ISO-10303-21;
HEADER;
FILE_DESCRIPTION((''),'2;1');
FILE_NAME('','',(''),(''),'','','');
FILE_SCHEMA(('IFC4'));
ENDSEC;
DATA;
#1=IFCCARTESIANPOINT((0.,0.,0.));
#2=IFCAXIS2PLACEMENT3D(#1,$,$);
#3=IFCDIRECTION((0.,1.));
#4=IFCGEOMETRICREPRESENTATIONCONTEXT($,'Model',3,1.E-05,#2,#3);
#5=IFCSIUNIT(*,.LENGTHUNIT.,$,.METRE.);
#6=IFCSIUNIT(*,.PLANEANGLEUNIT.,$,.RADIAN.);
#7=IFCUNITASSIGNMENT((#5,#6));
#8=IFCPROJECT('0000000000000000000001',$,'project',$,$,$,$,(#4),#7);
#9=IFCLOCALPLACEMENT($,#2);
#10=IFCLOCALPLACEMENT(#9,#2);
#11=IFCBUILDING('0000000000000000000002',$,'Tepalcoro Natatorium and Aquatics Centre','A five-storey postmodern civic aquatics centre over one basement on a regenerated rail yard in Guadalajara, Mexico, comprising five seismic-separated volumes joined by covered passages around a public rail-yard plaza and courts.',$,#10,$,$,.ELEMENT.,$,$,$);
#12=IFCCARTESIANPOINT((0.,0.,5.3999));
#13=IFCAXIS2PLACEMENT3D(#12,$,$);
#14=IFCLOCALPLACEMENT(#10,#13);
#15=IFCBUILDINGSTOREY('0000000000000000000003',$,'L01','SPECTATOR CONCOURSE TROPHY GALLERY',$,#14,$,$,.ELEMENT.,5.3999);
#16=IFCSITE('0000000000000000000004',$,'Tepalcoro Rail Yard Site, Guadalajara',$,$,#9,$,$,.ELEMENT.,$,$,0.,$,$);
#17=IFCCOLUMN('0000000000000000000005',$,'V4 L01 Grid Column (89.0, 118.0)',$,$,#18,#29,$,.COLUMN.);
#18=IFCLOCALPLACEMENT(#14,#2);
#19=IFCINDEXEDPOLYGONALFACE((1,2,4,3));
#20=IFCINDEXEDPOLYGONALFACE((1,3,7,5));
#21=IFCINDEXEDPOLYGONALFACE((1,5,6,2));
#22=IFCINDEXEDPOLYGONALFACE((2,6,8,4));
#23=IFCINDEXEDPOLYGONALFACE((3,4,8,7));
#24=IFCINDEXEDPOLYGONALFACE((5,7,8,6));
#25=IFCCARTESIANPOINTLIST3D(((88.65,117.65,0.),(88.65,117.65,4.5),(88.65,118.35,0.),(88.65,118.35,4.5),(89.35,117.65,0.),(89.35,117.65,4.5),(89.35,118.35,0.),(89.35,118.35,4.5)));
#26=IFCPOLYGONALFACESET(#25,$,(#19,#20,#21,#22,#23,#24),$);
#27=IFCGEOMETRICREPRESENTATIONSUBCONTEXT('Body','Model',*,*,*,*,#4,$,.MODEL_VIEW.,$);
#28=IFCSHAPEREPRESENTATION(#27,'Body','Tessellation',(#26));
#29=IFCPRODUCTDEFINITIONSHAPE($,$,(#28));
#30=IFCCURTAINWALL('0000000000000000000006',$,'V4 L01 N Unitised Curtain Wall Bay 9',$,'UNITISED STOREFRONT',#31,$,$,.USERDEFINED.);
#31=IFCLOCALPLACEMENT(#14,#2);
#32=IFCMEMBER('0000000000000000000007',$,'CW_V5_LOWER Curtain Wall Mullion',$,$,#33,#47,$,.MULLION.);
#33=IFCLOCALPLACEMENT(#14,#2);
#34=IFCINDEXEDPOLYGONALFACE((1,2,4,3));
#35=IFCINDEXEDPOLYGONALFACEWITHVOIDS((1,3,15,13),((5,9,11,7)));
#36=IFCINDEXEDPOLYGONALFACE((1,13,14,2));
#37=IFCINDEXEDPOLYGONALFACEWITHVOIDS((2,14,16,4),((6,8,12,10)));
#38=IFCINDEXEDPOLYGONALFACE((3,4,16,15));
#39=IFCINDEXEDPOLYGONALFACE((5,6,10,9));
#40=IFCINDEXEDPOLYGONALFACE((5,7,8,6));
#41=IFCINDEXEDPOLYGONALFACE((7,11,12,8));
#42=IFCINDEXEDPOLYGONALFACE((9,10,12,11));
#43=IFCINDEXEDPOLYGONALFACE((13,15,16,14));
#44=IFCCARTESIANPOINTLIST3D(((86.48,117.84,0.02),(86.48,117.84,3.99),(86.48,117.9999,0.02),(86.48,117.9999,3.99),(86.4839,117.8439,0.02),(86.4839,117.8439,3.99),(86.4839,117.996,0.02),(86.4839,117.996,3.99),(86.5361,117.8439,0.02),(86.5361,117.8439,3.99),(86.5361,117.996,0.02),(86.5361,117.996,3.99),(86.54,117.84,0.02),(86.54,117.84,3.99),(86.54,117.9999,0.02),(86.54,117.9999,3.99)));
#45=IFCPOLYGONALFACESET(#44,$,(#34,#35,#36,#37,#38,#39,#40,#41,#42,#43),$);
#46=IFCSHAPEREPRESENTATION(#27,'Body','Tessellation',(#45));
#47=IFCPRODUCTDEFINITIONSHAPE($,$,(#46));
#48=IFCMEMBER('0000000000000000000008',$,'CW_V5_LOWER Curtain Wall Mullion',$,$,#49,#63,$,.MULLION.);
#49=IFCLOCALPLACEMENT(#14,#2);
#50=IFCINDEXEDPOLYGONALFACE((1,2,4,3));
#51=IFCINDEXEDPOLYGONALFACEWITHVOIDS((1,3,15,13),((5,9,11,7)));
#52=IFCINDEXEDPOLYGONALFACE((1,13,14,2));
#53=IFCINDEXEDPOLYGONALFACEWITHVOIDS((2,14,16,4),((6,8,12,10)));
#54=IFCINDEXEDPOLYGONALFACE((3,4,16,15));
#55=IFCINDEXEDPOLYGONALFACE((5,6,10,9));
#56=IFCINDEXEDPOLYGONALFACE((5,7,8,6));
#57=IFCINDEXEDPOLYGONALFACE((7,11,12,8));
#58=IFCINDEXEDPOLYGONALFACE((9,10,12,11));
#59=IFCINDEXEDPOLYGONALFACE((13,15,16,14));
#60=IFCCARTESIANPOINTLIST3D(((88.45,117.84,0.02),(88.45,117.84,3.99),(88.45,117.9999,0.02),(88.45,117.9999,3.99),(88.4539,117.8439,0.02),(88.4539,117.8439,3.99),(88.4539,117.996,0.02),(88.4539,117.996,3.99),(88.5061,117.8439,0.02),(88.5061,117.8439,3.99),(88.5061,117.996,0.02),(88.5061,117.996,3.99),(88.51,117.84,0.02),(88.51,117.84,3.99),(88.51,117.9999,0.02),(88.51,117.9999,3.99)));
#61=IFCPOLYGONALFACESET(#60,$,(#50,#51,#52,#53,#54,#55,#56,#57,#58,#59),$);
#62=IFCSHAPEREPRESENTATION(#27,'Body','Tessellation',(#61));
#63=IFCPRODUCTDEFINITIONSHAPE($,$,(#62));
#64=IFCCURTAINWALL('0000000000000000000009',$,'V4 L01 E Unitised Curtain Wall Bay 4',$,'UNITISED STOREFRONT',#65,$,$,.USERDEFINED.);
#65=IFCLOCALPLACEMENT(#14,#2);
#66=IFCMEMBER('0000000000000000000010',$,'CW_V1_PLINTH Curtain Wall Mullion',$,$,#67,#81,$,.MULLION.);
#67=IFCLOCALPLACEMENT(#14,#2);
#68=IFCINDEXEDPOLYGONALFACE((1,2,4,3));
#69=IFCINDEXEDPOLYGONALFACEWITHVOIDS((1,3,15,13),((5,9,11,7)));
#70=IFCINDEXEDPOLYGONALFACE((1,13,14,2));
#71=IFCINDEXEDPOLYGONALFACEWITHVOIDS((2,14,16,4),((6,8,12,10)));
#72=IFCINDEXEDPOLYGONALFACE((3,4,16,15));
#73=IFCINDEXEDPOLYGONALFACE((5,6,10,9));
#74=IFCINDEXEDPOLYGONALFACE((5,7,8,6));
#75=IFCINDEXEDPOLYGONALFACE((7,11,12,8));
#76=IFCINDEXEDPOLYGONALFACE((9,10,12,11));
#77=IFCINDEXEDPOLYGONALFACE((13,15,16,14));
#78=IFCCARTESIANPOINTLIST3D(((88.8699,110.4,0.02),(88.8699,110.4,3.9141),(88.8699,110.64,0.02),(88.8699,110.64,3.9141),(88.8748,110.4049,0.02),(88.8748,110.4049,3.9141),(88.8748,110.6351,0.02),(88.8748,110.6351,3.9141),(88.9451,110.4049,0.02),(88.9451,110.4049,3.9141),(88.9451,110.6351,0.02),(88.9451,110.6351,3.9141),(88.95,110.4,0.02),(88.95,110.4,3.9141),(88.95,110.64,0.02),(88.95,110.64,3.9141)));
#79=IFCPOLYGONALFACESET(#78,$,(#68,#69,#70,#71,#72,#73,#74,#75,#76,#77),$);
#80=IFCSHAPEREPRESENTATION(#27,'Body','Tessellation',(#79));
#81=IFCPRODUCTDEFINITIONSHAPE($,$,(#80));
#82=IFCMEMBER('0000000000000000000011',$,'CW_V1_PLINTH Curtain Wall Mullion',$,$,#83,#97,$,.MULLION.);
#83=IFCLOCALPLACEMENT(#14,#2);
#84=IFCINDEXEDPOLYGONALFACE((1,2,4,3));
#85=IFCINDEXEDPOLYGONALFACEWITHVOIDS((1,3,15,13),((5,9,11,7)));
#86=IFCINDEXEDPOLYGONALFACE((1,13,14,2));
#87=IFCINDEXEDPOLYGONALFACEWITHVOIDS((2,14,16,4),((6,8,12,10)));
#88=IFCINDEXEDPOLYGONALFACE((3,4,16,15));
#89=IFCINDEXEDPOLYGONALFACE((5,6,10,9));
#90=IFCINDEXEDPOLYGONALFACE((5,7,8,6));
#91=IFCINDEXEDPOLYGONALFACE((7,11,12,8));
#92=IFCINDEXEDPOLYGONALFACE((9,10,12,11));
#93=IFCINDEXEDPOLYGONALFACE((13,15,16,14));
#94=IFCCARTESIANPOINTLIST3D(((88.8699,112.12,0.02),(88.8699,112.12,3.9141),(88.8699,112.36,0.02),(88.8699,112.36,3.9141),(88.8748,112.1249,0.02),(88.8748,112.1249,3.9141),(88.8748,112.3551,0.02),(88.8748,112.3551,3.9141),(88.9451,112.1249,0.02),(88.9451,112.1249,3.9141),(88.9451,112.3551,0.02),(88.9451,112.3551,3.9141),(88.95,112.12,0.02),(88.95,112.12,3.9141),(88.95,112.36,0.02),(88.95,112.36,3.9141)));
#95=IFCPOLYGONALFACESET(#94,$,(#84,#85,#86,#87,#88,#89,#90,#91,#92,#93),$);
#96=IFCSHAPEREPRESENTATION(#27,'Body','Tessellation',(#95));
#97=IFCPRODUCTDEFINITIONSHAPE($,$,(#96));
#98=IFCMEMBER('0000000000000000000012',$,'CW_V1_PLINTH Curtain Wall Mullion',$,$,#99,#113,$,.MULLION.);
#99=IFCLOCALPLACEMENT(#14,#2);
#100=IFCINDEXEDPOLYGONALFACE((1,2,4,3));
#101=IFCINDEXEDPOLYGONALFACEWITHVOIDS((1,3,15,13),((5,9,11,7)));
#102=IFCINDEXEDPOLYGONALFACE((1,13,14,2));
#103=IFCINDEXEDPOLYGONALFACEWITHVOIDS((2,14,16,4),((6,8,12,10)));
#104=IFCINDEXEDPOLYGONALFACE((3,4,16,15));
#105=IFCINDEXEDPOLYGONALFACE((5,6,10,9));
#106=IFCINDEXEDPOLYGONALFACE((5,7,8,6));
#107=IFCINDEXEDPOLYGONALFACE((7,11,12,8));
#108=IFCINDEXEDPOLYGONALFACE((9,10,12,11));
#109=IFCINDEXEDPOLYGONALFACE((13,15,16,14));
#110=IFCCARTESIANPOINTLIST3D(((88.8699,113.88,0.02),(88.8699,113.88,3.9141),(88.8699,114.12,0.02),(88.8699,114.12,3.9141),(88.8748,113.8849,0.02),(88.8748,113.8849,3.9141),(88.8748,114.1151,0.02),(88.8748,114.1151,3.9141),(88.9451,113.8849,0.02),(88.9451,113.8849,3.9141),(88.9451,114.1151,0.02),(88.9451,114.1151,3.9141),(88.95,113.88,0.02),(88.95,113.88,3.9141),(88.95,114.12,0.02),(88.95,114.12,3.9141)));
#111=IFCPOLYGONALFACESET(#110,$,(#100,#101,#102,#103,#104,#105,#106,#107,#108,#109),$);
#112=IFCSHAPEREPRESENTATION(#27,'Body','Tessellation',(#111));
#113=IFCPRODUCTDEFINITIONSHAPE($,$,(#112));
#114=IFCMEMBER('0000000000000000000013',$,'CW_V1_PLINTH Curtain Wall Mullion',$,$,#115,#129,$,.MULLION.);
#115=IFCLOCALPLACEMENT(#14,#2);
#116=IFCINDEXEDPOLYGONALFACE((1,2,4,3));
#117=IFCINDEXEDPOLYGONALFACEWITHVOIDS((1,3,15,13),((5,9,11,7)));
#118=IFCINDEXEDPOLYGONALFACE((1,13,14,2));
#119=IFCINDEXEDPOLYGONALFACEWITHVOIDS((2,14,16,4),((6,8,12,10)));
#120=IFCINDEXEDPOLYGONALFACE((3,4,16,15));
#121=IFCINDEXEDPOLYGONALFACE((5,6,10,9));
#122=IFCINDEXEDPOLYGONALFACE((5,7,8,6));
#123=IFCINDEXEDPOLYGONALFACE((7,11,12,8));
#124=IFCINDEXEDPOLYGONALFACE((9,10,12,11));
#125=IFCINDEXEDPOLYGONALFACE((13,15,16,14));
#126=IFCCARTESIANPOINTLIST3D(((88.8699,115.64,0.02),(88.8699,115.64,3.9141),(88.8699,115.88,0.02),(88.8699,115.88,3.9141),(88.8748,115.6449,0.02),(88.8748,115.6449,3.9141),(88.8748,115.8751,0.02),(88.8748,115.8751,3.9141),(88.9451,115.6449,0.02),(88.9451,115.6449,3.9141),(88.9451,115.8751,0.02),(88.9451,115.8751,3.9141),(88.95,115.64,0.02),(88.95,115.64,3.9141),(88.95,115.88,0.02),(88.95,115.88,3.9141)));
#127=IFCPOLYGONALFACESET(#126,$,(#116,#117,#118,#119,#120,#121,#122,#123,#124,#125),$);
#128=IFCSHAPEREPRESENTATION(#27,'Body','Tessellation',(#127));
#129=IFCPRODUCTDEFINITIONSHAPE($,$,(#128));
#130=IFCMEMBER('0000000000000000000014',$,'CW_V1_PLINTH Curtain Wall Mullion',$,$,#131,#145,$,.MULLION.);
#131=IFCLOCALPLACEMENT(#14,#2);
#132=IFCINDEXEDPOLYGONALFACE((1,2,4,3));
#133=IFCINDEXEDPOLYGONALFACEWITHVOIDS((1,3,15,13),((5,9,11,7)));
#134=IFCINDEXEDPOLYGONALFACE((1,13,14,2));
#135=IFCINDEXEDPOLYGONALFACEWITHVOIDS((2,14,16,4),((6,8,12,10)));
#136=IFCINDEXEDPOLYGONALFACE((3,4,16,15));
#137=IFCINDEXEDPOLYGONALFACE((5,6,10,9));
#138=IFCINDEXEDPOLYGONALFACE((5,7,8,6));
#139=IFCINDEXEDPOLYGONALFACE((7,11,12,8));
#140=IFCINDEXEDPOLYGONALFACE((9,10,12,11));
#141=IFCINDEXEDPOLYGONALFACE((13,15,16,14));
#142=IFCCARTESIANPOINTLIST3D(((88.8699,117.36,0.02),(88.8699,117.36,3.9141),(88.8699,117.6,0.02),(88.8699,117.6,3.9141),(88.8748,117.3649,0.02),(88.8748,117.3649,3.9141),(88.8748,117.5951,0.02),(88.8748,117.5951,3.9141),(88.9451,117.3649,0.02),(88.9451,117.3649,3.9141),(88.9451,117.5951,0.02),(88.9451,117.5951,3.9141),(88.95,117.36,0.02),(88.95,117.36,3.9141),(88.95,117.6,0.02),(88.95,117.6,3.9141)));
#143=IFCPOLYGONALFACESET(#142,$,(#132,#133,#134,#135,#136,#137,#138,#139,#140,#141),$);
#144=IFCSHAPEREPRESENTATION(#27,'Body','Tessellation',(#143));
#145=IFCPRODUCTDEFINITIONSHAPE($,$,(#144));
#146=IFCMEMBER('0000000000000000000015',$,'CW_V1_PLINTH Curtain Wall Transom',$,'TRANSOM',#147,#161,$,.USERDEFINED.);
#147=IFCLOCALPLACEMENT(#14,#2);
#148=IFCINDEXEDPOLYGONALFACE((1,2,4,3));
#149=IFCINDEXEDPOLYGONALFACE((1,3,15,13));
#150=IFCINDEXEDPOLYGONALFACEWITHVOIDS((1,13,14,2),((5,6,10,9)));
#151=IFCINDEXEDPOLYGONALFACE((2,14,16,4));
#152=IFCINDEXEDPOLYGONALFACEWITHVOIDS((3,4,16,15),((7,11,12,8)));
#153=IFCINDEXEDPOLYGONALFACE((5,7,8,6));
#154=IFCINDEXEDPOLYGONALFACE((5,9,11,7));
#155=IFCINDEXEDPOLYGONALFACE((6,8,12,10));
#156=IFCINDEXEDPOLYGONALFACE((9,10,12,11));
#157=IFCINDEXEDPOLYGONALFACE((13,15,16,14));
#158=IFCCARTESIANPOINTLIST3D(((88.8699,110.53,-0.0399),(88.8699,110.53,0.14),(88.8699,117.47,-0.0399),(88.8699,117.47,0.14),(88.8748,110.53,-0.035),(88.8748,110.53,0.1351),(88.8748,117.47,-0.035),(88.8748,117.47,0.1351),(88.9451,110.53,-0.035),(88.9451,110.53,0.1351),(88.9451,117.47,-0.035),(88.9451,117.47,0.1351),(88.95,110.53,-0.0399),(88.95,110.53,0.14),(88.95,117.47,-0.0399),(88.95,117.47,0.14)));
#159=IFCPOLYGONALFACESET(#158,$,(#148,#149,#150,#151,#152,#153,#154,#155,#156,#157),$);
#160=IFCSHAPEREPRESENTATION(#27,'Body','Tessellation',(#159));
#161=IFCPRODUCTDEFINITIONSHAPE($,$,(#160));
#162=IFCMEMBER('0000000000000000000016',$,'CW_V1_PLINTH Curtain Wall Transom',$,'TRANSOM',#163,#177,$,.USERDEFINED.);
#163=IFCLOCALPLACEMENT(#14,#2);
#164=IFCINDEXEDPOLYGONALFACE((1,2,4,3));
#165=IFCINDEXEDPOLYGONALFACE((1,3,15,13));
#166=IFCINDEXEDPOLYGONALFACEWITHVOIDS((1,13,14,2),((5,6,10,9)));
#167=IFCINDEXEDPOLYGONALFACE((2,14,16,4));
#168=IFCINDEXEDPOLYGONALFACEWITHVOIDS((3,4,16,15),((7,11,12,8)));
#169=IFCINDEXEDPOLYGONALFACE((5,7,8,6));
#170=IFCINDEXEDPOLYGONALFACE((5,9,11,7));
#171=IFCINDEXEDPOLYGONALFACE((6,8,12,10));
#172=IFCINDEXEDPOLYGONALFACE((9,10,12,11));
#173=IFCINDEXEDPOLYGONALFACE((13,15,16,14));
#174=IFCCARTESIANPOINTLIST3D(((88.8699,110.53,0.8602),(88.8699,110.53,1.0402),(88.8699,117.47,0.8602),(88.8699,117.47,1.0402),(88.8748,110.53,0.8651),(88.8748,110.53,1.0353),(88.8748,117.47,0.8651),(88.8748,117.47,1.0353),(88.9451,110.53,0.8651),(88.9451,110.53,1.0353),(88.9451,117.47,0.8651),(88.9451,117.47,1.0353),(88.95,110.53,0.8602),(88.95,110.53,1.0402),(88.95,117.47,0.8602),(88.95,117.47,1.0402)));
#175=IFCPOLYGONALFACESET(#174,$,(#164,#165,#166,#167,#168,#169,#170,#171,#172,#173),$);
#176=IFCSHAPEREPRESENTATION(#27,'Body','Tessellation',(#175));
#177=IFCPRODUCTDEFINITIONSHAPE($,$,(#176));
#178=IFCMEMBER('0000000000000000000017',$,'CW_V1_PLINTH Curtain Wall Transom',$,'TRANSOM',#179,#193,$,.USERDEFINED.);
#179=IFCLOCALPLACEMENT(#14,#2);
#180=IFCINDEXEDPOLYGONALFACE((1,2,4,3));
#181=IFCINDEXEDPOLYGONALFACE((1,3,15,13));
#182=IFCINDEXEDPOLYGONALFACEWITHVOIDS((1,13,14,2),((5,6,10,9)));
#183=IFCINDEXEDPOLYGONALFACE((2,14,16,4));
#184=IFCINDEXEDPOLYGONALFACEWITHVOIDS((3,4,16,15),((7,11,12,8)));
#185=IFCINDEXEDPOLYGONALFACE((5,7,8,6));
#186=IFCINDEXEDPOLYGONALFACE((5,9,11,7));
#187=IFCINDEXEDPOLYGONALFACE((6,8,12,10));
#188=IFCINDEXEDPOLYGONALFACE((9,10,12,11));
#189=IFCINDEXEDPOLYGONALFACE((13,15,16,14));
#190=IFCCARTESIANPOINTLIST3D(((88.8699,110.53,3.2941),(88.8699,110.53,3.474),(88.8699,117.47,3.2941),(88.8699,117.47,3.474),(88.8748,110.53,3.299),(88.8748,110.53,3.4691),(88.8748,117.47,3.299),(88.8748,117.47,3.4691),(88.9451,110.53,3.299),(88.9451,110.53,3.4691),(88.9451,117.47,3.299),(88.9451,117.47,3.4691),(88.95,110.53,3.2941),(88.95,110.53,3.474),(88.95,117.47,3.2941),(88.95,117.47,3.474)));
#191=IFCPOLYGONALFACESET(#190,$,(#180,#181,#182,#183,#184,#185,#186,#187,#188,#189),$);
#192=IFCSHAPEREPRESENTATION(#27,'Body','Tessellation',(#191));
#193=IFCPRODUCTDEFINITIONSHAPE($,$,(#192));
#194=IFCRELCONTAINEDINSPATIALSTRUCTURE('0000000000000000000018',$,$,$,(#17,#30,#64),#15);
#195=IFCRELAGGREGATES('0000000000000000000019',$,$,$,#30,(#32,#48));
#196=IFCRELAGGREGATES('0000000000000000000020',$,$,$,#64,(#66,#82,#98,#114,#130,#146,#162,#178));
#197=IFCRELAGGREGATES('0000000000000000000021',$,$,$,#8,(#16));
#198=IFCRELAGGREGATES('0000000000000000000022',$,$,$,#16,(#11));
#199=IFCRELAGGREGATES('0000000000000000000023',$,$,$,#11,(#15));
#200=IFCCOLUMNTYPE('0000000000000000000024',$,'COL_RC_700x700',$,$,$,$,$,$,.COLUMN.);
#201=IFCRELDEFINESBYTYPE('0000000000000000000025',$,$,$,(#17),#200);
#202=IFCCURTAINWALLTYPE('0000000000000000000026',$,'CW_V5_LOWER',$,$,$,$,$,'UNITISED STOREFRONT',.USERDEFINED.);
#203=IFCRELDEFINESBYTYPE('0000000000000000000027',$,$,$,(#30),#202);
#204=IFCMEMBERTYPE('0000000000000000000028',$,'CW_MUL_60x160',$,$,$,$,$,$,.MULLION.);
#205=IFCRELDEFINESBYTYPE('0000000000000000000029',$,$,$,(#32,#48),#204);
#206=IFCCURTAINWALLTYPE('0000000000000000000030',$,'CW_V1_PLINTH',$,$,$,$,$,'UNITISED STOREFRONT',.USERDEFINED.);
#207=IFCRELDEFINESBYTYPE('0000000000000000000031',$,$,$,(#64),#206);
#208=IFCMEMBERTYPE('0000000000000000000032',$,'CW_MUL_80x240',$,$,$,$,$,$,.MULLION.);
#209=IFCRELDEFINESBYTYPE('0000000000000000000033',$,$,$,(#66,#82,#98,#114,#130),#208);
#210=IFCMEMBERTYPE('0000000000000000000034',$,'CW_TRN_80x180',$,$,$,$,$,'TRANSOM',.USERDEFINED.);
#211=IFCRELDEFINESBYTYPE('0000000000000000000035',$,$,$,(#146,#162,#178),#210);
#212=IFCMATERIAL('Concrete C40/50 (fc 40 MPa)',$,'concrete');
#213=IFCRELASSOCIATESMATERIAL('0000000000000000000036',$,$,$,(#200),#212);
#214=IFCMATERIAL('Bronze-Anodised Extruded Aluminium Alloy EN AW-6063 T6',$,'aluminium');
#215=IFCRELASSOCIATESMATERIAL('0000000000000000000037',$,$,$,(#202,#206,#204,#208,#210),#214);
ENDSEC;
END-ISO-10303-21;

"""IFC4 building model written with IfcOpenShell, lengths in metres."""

from ifc_helpers import new_model, si_unit, direction, frame, origin, origin_2d, place, context, subcontext, project, spatial, rectangle, hollow_rectangle, extrude, material, material_profile, profile_set, type_object, element, aggregate, save


model = new_model("IFC4")

# Units and contexts
model_context = context("Model", 3, precision=1e-05, world=origin(), true_north=direction((0.0, 1.0)))
body_context = subcontext(model_context, "Body", "Model", "MODEL_VIEW")
ifc_project = project(units=[si_unit("LENGTHUNIT", "METRE"), si_unit("PLANEANGLEUNIT", "RADIAN")], contexts=[model_context])

# Site, building, storey
site_placement = place(None, origin())
site = spatial("IfcSite", under=ifc_project, at=site_placement, Name="Tepalcoro Rail Yard Site, Guadalajara", CompositionType="ELEMENT", RefElevation=0.0)
building_placement = place(site_placement, origin())
building = spatial("IfcBuilding", under=site, at=building_placement, Name="Tepalcoro Natatorium and Aquatics Centre", Description="A five-storey postmodern civic aquatics centre over one basement on a regenerated rail yard in Guadalajara, Mexico, comprising five seismic-separated volumes joined by covered passages around a public rail-yard plaza and courts.", CompositionType="ELEMENT")
storey_placement = place(building_placement, frame((0.0, 0.0, 5.3999)))
storey = spatial("IfcBuildingStorey", under=building, at=storey_placement, Name="L01", Description="SPECTATOR CONCOURSE TROPHY GALLERY", CompositionType="ELEMENT", Elevation=5.3999)

# Column
ifc_material_1 = material(Name="Concrete C40/50 (fc 40 MPa)", Category="concrete")
ifc_material_profile_1 = material_profile(ifc_material_1, rectangle(XDim=0.7, YDim=0.7, at=origin_2d()), Name="RC700x700")
ifc_profile_set_1 = profile_set([ifc_material_profile_1], Name="Concrete C40/50 (fc 40 MPa)")
column_type = type_object("IfcColumnType", Name="COL_RC_700x700", PredefinedType="COLUMN", material=ifc_profile_set_1)
column_placement = place(storey_placement, frame((89.0, 118.0, 0.0), z_axis=(0.0, 0.0, 1.0), x_axis=(1.0, 0.0, 0.0)))
element("IfcColumn", 1, at=column_placement, inside=storey, type_object=column_type, Name="V4 L01 Grid Column (89.0, 118.0)", PredefinedType="COLUMN", context=body_context, shape_type="SweptSolid", body=[
    extrude(rectangle(XDim=0.7, YDim=0.7, at=origin_2d()), origin(), (0.0, 0.0, 1.0), 4.5),
])

# Curtain walls, members
ifc_material_2 = material(Name="Bronze-Anodised Extruded Aluminium Alloy EN AW-6063 T6", Category="aluminium")
curtain_wall_type_1 = type_object("IfcCurtainWallType", Name="CW_V5_LOWER", ElementType="UNITISED STOREFRONT", PredefinedType="USERDEFINED", material=ifc_material_2)
curtain_wall_1_placement = place(storey_placement, origin())
curtain_wall_1 = element("IfcCurtainWall", 2, at=curtain_wall_1_placement, inside=storey, type_object=curtain_wall_type_1, Name="V4 L01 N Unitised Curtain Wall Bay 9", ObjectType="UNITISED STOREFRONT", PredefinedType="USERDEFINED")
ifc_material_profile_2 = material_profile(ifc_material_2, hollow_rectangle(XDim=0.0601, YDim=0.1599, WallThickness=0.0039, at=origin_2d()), Name="AL60X160X4")
ifc_profile_set_2 = profile_set([ifc_material_profile_2], Name="Bronze-Anodised Extruded Aluminium Alloy EN AW-6063 T6")
member_type_1 = type_object("IfcMemberType", Name="CW_MUL_60x160", PredefinedType="MULLION", material=ifc_profile_set_2)
member_1_placement = place(storey_placement, frame((86.51, 117.9199, 0.02), z_axis=(0.0, 0.0, 1.0), x_axis=(1.0, 0.0, 0.0)))
member_1 = element("IfcMember", 3, at=member_1_placement, type_object=member_type_1, Name="CW_V5_LOWER Curtain Wall Mullion", PredefinedType="MULLION", context=body_context, shape_type="SweptSolid", body=[
    extrude(hollow_rectangle(XDim=0.0601, YDim=0.1599, WallThickness=0.0039, at=origin_2d()), origin(), (0.0, 0.0, 1.0), 3.97),
])
member_2_placement = place(storey_placement, frame((88.48, 117.9199, 0.02), z_axis=(0.0, 0.0, 1.0), x_axis=(1.0, 0.0, 0.0)))
member_2 = element("IfcMember", 4, at=member_2_placement, type_object=member_type_1, Name="CW_V5_LOWER Curtain Wall Mullion", PredefinedType="MULLION", context=body_context, shape_type="SweptSolid", body=[
    extrude(hollow_rectangle(XDim=0.0601, YDim=0.1599, WallThickness=0.0039, at=origin_2d()), origin(), (0.0, 0.0, 1.0), 3.97),
])
curtain_wall_type_2 = type_object("IfcCurtainWallType", Name="CW_V1_PLINTH", ElementType="UNITISED STOREFRONT", PredefinedType="USERDEFINED", material=ifc_material_2)
curtain_wall_2_placement = place(storey_placement, origin())
curtain_wall_2 = element("IfcCurtainWall", 5, at=curtain_wall_2_placement, inside=storey, type_object=curtain_wall_type_2, Name="V4 L01 E Unitised Curtain Wall Bay 4", ObjectType="UNITISED STOREFRONT", PredefinedType="USERDEFINED")
ifc_material_profile_3 = material_profile(ifc_material_2, hollow_rectangle(XDim=0.0801, YDim=0.24, WallThickness=0.0049, at=origin_2d()), Name="AL80X240X5")
ifc_profile_set_3 = profile_set([ifc_material_profile_3], Name="Bronze-Anodised Extruded Aluminium Alloy EN AW-6063 T6")
member_type_2 = type_object("IfcMemberType", Name="CW_MUL_80x240", PredefinedType="MULLION", material=ifc_profile_set_3)
member_3_placement = place(storey_placement, frame((88.9099, 110.52, 0.02), z_axis=(0.0, 0.0, 1.0), x_axis=(1.0, 0.0, 0.0)))
member_3 = element("IfcMember", 6, at=member_3_placement, type_object=member_type_2, Name="CW_V1_PLINTH Curtain Wall Mullion", PredefinedType="MULLION", context=body_context, shape_type="SweptSolid", body=[
    extrude(hollow_rectangle(XDim=0.0801, YDim=0.24, WallThickness=0.0049, at=origin_2d()), origin(), (0.0, 0.0, 1.0), 3.894),
])
member_4_placement = place(storey_placement, frame((88.9099, 112.24, 0.02), z_axis=(0.0, 0.0, 1.0), x_axis=(1.0, 0.0, 0.0)))
member_4 = element("IfcMember", 7, at=member_4_placement, type_object=member_type_2, Name="CW_V1_PLINTH Curtain Wall Mullion", PredefinedType="MULLION", context=body_context, shape_type="SweptSolid", body=[
    extrude(hollow_rectangle(XDim=0.0801, YDim=0.24, WallThickness=0.0049, at=origin_2d()), origin(), (0.0, 0.0, 1.0), 3.894),
])
member_5_placement = place(storey_placement, frame((88.9099, 114.0, 0.02), z_axis=(0.0, 0.0, 1.0), x_axis=(1.0, 0.0, 0.0)))
member_5 = element("IfcMember", 8, at=member_5_placement, type_object=member_type_2, Name="CW_V1_PLINTH Curtain Wall Mullion", PredefinedType="MULLION", context=body_context, shape_type="SweptSolid", body=[
    extrude(hollow_rectangle(XDim=0.0801, YDim=0.24, WallThickness=0.0049, at=origin_2d()), origin(), (0.0, 0.0, 1.0), 3.894),
])
member_6_placement = place(storey_placement, frame((88.9099, 115.76, 0.02), z_axis=(0.0, 0.0, 1.0), x_axis=(1.0, 0.0, 0.0)))
member_6 = element("IfcMember", 9, at=member_6_placement, type_object=member_type_2, Name="CW_V1_PLINTH Curtain Wall Mullion", PredefinedType="MULLION", context=body_context, shape_type="SweptSolid", body=[
    extrude(hollow_rectangle(XDim=0.0801, YDim=0.24, WallThickness=0.0049, at=origin_2d()), origin(), (0.0, 0.0, 1.0), 3.894),
])
member_7_placement = place(storey_placement, frame((88.9099, 117.48, 0.02), z_axis=(0.0, 0.0, 1.0), x_axis=(1.0, 0.0, 0.0)))
member_7 = element("IfcMember", 10, at=member_7_placement, type_object=member_type_2, Name="CW_V1_PLINTH Curtain Wall Mullion", PredefinedType="MULLION", context=body_context, shape_type="SweptSolid", body=[
    extrude(hollow_rectangle(XDim=0.0801, YDim=0.24, WallThickness=0.0049, at=origin_2d()), origin(), (0.0, 0.0, 1.0), 3.894),
])
ifc_material_profile_4 = material_profile(ifc_material_2, hollow_rectangle(XDim=0.0801, YDim=0.1799, WallThickness=0.0049, at=origin_2d()), Name="AL80X180X5")
ifc_profile_set_4 = profile_set([ifc_material_profile_4], Name="Bronze-Anodised Extruded Aluminium Alloy EN AW-6063 T6")
member_type_3 = type_object("IfcMemberType", Name="CW_TRN_80x180", ElementType="TRANSOM", PredefinedType="USERDEFINED", material=ifc_profile_set_4)
member_8_placement = place(storey_placement, frame((88.9099, 110.53, 0.05), z_axis=(0.0, 1.0, 0.0), x_axis=(-1.0, 0.0, 0.0)))
member_8 = element("IfcMember", 11, at=member_8_placement, type_object=member_type_3, Name="CW_V1_PLINTH Curtain Wall Transom", ObjectType="TRANSOM", PredefinedType="USERDEFINED", context=body_context, shape_type="SweptSolid", body=[
    extrude(hollow_rectangle(XDim=0.0801, YDim=0.1799, WallThickness=0.0049, at=origin_2d()), origin(), (0.0, 0.0, 1.0), 6.9399),
])
member_9_placement = place(storey_placement, frame((88.9099, 110.53, 0.9502), z_axis=(0.0, 1.0, 0.0), x_axis=(-1.0, 0.0, 0.0)))
member_9 = element("IfcMember", 12, at=member_9_placement, type_object=member_type_3, Name="CW_V1_PLINTH Curtain Wall Transom", ObjectType="TRANSOM", PredefinedType="USERDEFINED", context=body_context, shape_type="SweptSolid", body=[
    extrude(hollow_rectangle(XDim=0.0801, YDim=0.1799, WallThickness=0.0049, at=origin_2d()), origin(), (0.0, 0.0, 1.0), 6.9399),
])
member_10_placement = place(storey_placement, frame((88.9099, 110.53, 3.384), z_axis=(0.0, 1.0, 0.0), x_axis=(-1.0, 0.0, 0.0)))
member_10 = element("IfcMember", 13, at=member_10_placement, type_object=member_type_3, Name="CW_V1_PLINTH Curtain Wall Transom", ObjectType="TRANSOM", PredefinedType="USERDEFINED", context=body_context, shape_type="SweptSolid", body=[
    extrude(hollow_rectangle(XDim=0.0801, YDim=0.1799, WallThickness=0.0049, at=origin_2d()), origin(), (0.0, 0.0, 1.0), 6.9399),
])

aggregate(curtain_wall_1, [member_1, member_2])
aggregate(curtain_wall_2, [member_3, member_4, member_5, member_6, member_7, member_8, member_9, member_10])

save(model, "model.ifc")
